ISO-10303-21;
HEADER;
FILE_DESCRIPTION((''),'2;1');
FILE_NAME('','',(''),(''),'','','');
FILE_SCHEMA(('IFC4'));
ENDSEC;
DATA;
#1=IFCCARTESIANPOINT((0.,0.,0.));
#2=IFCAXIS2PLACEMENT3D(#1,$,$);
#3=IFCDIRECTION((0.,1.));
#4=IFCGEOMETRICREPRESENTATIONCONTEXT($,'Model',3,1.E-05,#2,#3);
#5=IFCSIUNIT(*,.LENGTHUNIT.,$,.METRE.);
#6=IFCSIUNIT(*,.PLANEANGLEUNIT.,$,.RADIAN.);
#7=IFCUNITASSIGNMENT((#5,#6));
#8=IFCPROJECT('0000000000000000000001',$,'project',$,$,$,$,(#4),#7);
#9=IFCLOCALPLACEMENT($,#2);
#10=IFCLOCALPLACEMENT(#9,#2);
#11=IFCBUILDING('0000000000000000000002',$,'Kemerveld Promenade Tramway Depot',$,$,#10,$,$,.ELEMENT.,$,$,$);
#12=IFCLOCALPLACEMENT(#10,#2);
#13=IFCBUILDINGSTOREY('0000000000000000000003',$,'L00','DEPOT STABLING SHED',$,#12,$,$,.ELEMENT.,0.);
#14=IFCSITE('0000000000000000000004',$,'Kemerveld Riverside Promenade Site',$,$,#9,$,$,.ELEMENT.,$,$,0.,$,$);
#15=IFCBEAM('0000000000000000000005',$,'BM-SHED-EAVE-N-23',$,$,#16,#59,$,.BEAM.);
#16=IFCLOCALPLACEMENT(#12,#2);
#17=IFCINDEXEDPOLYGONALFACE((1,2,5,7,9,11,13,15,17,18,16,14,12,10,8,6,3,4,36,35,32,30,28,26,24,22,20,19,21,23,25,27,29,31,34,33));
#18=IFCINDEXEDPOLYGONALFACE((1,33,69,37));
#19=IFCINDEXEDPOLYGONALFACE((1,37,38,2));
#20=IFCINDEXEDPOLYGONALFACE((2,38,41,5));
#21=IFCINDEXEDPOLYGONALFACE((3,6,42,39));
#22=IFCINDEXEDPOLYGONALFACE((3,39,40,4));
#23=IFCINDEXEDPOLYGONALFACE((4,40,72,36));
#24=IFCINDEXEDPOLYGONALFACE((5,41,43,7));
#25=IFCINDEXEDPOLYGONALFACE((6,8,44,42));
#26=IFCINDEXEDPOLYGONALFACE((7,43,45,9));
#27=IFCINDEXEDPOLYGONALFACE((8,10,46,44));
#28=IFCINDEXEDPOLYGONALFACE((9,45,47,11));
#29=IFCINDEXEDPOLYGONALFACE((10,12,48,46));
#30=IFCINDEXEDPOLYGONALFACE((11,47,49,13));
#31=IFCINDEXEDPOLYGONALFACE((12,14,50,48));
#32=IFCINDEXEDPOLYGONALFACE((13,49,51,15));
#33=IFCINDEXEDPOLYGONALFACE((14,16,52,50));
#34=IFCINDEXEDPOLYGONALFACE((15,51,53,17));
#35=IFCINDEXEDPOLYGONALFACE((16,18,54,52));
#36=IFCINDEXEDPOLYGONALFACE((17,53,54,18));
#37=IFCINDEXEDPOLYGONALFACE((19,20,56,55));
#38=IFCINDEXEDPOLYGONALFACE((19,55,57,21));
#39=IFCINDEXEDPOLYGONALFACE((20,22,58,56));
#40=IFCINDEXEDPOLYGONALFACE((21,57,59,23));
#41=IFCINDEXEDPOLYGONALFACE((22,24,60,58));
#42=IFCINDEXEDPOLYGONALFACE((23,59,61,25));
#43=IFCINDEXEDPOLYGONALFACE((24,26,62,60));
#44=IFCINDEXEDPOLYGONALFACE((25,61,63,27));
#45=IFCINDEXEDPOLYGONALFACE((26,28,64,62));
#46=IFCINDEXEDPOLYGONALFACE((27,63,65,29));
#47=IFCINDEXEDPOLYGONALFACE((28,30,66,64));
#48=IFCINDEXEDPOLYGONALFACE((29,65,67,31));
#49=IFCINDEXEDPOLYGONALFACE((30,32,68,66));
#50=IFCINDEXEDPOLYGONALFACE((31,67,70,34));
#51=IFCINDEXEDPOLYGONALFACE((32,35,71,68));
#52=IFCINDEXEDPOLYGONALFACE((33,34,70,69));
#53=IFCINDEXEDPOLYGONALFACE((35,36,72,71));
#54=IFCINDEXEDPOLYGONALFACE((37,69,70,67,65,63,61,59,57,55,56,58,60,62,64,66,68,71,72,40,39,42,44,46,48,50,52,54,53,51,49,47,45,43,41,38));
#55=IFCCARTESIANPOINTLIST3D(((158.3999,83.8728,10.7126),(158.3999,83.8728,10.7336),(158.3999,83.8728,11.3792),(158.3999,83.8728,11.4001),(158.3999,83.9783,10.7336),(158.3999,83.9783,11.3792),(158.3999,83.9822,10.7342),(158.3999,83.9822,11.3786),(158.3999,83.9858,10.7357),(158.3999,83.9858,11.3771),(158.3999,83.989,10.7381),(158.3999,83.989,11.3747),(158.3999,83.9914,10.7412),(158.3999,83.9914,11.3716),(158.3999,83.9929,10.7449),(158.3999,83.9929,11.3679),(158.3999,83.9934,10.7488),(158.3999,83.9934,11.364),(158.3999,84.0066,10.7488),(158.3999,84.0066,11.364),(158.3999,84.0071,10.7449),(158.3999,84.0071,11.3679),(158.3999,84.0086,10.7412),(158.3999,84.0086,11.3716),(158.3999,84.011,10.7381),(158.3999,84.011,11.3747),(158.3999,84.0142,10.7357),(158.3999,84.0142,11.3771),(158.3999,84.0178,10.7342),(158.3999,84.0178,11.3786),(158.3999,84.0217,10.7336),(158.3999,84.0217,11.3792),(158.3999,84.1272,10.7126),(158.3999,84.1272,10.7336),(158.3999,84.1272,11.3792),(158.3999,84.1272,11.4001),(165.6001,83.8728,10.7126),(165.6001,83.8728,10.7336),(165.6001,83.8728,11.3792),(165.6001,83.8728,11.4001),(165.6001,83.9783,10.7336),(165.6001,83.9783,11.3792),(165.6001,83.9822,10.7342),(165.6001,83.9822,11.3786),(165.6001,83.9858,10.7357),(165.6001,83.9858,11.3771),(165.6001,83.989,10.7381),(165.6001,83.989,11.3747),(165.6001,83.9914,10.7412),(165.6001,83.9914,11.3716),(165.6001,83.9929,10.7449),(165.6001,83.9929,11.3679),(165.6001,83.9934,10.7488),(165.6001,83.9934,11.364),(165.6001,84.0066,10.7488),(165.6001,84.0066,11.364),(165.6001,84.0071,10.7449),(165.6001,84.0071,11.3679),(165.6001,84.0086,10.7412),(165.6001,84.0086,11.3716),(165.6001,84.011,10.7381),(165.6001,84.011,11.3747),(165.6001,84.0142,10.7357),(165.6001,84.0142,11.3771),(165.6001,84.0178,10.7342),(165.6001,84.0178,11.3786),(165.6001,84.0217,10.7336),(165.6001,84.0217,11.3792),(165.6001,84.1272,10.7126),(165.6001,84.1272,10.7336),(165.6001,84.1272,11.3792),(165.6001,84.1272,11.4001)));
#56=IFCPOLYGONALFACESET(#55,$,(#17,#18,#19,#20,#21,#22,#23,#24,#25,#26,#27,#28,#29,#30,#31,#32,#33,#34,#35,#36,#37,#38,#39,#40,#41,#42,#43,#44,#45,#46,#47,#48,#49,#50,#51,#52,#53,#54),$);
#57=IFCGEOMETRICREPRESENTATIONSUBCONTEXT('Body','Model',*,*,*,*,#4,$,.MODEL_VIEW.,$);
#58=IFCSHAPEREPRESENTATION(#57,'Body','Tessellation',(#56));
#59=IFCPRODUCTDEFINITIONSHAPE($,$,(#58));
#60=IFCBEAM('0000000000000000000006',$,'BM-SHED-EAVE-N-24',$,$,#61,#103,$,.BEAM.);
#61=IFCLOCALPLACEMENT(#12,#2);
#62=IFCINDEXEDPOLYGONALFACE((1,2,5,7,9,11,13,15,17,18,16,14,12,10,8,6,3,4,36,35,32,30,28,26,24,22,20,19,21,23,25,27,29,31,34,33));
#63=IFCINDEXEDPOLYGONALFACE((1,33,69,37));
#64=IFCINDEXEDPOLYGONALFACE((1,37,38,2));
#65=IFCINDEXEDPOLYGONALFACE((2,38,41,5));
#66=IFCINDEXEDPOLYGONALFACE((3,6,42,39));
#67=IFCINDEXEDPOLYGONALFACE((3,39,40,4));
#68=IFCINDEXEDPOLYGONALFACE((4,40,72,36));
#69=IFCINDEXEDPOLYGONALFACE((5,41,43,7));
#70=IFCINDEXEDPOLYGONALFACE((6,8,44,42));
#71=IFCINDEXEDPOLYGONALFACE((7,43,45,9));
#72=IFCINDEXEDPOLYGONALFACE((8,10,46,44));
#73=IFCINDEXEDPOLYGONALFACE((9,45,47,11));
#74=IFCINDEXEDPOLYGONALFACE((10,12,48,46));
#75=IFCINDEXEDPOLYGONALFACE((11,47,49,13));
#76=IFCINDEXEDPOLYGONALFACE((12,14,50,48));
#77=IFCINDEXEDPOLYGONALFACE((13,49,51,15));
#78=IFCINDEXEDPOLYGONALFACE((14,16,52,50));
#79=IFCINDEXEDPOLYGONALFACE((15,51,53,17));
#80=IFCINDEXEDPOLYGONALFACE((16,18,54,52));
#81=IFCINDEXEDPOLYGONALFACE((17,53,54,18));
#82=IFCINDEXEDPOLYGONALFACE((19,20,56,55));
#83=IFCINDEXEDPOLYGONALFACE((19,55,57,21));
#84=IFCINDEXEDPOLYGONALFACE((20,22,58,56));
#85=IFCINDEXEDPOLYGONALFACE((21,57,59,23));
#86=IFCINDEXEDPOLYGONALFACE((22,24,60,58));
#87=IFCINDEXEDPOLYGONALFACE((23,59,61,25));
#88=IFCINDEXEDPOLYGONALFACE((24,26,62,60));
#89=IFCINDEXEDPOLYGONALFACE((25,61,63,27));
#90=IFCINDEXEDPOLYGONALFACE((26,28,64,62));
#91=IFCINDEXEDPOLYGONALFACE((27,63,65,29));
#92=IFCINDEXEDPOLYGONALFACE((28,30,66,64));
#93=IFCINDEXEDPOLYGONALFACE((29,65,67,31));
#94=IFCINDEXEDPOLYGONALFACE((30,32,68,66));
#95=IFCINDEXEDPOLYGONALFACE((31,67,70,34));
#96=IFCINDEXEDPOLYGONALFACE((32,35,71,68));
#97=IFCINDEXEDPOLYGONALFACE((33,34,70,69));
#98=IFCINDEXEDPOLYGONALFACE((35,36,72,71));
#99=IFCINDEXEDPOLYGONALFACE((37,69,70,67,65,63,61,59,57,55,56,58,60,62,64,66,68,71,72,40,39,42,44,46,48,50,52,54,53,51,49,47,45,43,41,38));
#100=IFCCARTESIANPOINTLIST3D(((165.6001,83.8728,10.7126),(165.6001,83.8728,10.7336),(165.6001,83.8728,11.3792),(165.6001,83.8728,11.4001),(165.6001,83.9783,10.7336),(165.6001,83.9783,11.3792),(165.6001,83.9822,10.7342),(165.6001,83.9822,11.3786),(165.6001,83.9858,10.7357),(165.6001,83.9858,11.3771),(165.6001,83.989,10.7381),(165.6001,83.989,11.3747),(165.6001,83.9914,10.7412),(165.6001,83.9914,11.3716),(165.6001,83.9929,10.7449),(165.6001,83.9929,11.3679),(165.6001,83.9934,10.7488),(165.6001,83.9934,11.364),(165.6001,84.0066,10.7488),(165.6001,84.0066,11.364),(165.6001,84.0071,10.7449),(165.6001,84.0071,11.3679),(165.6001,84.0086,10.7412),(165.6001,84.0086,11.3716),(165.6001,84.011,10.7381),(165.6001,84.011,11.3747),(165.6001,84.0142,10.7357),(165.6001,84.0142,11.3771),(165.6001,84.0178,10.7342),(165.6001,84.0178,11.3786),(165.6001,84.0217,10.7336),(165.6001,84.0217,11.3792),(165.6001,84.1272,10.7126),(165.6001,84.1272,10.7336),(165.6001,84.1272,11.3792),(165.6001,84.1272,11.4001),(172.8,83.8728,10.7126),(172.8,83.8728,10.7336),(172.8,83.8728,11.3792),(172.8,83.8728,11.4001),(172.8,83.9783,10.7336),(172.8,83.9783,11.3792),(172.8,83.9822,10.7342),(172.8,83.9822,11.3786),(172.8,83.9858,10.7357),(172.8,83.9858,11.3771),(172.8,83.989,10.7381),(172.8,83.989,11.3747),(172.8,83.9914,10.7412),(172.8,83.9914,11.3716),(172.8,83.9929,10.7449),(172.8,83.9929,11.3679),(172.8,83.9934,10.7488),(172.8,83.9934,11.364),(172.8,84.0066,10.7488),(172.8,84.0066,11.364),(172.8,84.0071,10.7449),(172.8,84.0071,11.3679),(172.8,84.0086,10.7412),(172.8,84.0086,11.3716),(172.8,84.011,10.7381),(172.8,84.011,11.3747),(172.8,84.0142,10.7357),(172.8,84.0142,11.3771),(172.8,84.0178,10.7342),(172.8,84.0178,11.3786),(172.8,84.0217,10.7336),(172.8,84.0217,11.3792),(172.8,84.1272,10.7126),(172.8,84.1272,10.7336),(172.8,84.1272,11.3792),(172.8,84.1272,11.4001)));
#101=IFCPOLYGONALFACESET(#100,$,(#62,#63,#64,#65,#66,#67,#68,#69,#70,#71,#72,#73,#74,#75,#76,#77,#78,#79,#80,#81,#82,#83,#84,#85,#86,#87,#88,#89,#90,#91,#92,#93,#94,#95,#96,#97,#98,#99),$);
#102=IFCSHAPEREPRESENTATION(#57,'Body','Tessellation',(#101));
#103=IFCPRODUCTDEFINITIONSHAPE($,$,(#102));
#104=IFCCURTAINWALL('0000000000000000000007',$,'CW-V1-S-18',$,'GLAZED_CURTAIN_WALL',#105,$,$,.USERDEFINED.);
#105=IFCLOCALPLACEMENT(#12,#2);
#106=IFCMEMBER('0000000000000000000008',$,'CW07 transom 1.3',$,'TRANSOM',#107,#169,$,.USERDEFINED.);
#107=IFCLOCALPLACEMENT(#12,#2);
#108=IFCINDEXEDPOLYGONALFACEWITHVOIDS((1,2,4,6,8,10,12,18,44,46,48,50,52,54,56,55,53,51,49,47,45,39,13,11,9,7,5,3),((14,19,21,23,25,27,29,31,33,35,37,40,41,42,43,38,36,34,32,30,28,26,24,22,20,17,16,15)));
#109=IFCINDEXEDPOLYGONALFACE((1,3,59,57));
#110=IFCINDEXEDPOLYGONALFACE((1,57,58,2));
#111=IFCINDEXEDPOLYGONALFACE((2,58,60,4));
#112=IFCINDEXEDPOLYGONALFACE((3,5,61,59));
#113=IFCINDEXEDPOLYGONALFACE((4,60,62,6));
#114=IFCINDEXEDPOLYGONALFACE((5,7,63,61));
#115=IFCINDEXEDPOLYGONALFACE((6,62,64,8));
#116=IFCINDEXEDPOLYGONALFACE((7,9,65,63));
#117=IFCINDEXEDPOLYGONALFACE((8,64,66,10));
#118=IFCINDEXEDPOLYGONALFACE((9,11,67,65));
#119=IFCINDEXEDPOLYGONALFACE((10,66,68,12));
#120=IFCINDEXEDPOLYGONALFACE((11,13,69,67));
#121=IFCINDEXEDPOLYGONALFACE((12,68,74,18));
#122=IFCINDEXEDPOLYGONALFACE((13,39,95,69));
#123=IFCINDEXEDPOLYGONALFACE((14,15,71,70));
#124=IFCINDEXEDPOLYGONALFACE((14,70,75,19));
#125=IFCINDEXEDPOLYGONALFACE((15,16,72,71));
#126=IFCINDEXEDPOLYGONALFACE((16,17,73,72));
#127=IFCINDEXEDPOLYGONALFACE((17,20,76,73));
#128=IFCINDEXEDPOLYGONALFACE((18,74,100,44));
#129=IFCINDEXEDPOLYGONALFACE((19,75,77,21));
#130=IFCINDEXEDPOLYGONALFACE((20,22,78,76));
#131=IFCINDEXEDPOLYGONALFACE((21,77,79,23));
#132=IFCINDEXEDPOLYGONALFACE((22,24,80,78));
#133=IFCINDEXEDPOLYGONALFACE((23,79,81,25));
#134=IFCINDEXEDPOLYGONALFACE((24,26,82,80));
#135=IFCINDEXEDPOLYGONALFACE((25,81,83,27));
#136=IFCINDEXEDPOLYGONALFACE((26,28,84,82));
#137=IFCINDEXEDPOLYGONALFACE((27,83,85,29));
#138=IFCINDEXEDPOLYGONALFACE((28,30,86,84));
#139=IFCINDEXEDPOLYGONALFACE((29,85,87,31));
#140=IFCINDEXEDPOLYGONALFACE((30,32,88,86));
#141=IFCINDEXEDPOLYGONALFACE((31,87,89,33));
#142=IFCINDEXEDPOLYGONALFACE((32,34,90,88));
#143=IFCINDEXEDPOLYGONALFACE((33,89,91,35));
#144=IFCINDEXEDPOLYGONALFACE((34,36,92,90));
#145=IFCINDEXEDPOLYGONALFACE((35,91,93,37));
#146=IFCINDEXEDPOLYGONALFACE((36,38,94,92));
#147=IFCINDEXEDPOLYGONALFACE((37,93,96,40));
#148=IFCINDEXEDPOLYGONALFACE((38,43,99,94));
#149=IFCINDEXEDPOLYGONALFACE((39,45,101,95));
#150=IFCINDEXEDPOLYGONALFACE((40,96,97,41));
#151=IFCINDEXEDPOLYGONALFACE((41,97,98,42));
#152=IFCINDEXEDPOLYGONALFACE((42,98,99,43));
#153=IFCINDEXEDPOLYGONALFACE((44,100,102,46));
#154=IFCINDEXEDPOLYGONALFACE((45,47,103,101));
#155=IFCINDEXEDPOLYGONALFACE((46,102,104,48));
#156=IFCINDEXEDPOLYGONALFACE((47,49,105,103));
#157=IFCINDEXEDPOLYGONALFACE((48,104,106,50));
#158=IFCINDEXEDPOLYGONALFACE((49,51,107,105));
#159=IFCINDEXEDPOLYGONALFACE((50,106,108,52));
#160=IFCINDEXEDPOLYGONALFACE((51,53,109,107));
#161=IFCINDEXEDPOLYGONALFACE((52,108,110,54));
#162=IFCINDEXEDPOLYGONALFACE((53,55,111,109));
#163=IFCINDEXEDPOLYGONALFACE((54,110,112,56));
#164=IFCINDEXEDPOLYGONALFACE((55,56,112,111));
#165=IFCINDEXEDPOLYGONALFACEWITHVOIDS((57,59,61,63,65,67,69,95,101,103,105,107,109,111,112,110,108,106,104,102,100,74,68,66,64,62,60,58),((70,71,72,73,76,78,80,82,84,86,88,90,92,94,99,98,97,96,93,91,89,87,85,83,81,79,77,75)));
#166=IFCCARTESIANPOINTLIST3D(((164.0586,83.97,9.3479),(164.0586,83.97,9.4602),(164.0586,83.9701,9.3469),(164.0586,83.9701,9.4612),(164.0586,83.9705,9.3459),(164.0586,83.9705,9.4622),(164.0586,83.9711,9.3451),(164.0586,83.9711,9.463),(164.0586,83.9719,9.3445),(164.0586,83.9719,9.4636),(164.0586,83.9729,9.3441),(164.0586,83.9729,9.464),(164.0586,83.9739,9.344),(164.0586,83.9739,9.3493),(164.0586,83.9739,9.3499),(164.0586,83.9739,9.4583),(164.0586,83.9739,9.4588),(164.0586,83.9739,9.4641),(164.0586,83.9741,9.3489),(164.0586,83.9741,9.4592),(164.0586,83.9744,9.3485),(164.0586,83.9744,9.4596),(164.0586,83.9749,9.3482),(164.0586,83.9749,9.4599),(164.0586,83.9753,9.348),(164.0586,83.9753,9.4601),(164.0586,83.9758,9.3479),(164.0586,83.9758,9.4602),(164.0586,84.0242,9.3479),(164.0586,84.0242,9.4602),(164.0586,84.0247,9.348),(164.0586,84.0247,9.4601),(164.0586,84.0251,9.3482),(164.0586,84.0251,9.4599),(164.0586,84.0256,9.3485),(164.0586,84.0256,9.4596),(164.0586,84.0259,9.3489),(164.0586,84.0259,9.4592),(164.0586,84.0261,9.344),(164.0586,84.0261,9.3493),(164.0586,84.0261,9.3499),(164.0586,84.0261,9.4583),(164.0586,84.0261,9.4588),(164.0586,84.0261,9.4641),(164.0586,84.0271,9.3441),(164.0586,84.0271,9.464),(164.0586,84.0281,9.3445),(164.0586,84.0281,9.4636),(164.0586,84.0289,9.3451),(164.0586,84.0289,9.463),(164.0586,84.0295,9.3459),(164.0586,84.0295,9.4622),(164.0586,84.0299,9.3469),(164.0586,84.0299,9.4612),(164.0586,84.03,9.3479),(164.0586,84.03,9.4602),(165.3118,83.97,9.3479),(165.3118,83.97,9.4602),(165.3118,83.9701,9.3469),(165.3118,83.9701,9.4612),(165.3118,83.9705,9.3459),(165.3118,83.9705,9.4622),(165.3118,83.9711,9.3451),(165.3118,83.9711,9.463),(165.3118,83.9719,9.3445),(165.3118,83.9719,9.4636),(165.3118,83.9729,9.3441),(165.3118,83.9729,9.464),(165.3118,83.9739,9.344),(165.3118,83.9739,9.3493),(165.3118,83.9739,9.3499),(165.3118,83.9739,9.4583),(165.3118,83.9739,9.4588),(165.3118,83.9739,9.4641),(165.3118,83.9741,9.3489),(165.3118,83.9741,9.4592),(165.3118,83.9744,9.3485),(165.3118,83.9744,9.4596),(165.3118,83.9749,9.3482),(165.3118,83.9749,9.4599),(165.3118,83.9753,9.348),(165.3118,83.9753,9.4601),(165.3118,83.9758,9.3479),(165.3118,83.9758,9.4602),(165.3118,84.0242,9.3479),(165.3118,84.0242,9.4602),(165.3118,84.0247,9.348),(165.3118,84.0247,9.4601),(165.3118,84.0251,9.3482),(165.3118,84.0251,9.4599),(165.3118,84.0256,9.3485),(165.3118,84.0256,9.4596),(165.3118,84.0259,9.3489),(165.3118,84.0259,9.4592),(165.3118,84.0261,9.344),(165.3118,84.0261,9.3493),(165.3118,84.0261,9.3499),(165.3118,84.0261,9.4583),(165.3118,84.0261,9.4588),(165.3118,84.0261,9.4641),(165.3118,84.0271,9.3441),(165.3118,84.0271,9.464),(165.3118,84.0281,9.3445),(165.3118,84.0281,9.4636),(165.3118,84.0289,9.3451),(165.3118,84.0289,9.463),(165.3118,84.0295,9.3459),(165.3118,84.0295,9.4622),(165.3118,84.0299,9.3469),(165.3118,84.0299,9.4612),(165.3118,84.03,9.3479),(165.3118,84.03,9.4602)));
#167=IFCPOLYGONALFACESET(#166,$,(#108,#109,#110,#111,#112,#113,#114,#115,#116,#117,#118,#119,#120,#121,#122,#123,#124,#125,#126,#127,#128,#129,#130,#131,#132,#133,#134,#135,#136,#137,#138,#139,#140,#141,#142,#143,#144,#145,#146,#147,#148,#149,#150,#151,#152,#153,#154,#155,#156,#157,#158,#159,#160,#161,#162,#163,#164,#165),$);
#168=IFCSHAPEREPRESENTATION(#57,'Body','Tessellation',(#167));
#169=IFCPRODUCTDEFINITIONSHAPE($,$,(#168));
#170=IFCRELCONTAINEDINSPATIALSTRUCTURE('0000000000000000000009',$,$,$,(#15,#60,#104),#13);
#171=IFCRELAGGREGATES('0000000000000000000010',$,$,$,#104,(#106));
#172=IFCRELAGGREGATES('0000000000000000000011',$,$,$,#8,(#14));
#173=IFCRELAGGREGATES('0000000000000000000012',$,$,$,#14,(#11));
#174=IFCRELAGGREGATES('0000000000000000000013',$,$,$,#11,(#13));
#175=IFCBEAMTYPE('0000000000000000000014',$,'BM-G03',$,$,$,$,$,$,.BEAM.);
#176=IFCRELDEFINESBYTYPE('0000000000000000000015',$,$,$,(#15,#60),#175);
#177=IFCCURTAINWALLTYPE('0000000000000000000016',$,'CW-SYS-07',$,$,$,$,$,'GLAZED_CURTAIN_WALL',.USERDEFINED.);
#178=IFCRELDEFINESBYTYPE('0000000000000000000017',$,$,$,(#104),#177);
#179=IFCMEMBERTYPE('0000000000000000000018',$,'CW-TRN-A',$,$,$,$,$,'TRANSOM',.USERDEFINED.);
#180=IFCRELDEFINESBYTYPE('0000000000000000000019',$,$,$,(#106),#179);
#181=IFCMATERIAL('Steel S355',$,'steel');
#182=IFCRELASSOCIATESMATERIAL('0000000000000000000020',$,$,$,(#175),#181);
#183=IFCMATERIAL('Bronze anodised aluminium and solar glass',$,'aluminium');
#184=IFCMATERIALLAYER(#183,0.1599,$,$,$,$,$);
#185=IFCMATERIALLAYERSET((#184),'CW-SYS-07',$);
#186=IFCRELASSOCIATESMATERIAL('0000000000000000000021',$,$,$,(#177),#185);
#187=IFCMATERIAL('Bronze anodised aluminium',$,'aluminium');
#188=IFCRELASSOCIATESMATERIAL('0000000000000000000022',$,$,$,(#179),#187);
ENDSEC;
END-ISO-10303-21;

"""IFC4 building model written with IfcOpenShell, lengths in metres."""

from ifc_helpers import new_model, si_unit, direction, frame, origin, origin_2d, place, context, subcontext, project, spatial, hollow_rectangle, i_section, extrude, material, layer, layer_set, material_profile, profile_set, type_object, element, aggregate, save


model = new_model("IFC4")

# Units and contexts
model_context = context("Model", 3, precision=1e-05, world=origin(), true_north=direction((0.0, 1.0)))
body_context = subcontext(model_context, "Body", "Model", "MODEL_VIEW")
ifc_project = project(units=[si_unit("LENGTHUNIT", "METRE"), si_unit("PLANEANGLEUNIT", "RADIAN")], contexts=[model_context])

# Site, building, storey
site_placement = place(None, origin())
site = spatial("IfcSite", under=ifc_project, at=site_placement, Name="Kemerveld Riverside Promenade Site", CompositionType="ELEMENT", RefElevation=0.0)
building_placement = place(site_placement, origin())
building = spatial("IfcBuilding", under=site, at=building_placement, Name="Kemerveld Promenade Tramway Depot", CompositionType="ELEMENT")
storey_placement = place(building_placement, origin())
storey = spatial("IfcBuildingStorey", under=building, at=storey_placement, Name="L00", Description="DEPOT STABLING SHED", CompositionType="ELEMENT", Elevation=0.0)

# Beams
ifc_material_1 = material(Name="Steel S355", Category="steel")
ifc_material_profile_1 = material_profile(ifc_material_1, i_section(OverallWidth=0.2544, OverallDepth=0.6875, WebThickness=0.0132, FlangeThickness=0.021, FilletRadius=0.0151, at=origin_2d()), Name="686x254x152 UB")
ifc_profile_set_1 = profile_set([ifc_material_profile_1], Name="Steel S355")
beam_type = type_object("IfcBeamType", Name="BM-G03", PredefinedType="BEAM", material=ifc_profile_set_1)
beam_1_placement = place(storey_placement, frame((158.3999, 84.0, 11.0564), z_axis=(1.0, 0.0, 0.0), x_axis=(0.0, 1.0, 0.0)))
element("IfcBeam", 1, at=beam_1_placement, inside=storey, type_object=beam_type, Name="BM-SHED-EAVE-N-23", PredefinedType="BEAM", context=body_context, shape_type="SweptSolid", body=[
    extrude(i_section(OverallWidth=0.2544, OverallDepth=0.6875, WebThickness=0.0132, FlangeThickness=0.021, FilletRadius=0.0151, at=origin_2d()), origin(), (0.0, 0.0, 1.0), 7.2002),
])
beam_2_placement = place(storey_placement, frame((165.6001, 84.0, 11.0564), z_axis=(1.0, 0.0, 0.0), x_axis=(0.0, 1.0, 0.0)))
element("IfcBeam", 2, at=beam_2_placement, inside=storey, type_object=beam_type, Name="BM-SHED-EAVE-N-24", PredefinedType="BEAM", context=body_context, shape_type="SweptSolid", body=[
    extrude(i_section(OverallWidth=0.2544, OverallDepth=0.6875, WebThickness=0.0132, FlangeThickness=0.021, FilletRadius=0.0151, at=origin_2d()), origin(), (0.0, 0.0, 1.0), 7.2),
])

# Curtain wall, member
ifc_material_2 = material(Name="Bronze anodised aluminium and solar glass", Category="aluminium")
ifc_layer_1 = layer(ifc_material_2, 0.1599)
ifc_layer_set_1 = layer_set([ifc_layer_1], Name="CW-SYS-07")
curtain_wall_type_1 = type_object("IfcCurtainWallType", Name="CW-SYS-07", ElementType="GLAZED_CURTAIN_WALL", PredefinedType="USERDEFINED", material=ifc_layer_set_1)
curtain_wall_1_placement = place(storey_placement, origin())
curtain_wall_1 = element("IfcCurtainWall", 3, at=curtain_wall_1_placement, inside=storey, type_object=curtain_wall_type_1, Name="CW-V1-S-18", ObjectType="GLAZED_CURTAIN_WALL", PredefinedType="USERDEFINED")
ifc_material_3 = material(Name="Bronze anodised aluminium", Category="aluminium")
ifc_material_profile_2 = material_profile(ifc_material_3, hollow_rectangle(XDim=0.0601, YDim=0.1201, WallThickness=0.0039, InnerFilletRadius=0.002, OuterFilletRadius=0.0039, at=origin_2d()), Name="CW-TRN-120x60")
ifc_profile_set_2 = profile_set([ifc_material_profile_2], Name="Bronze anodised aluminium")
member_type_1 = type_object("IfcMemberType", Name="CW-TRN-A", ElementType="TRANSOM", PredefinedType="USERDEFINED", material=ifc_profile_set_2)
member_1_placement = place(storey_placement, frame((165.3118, 84.0, 9.4041), z_axis=(-1.0, 0.0, 0.0), x_axis=(0.0, -1.0, 0.0)))
member_1 = element("IfcMember", 4, at=member_1_placement, type_object=member_type_1, Name="CW07 transom 1.3", ObjectType="TRANSOM", PredefinedType="USERDEFINED", context=body_context, shape_type="SweptSolid", body=[
    extrude(hollow_rectangle(XDim=0.0601, YDim=0.1201, WallThickness=0.0039, InnerFilletRadius=0.002, OuterFilletRadius=0.0039, at=origin_2d()), origin(), (0.0, 0.0, 1.0), 1.2532),
])

aggregate(curtain_wall_1, [member_1])

save(model, "model.ifc")
